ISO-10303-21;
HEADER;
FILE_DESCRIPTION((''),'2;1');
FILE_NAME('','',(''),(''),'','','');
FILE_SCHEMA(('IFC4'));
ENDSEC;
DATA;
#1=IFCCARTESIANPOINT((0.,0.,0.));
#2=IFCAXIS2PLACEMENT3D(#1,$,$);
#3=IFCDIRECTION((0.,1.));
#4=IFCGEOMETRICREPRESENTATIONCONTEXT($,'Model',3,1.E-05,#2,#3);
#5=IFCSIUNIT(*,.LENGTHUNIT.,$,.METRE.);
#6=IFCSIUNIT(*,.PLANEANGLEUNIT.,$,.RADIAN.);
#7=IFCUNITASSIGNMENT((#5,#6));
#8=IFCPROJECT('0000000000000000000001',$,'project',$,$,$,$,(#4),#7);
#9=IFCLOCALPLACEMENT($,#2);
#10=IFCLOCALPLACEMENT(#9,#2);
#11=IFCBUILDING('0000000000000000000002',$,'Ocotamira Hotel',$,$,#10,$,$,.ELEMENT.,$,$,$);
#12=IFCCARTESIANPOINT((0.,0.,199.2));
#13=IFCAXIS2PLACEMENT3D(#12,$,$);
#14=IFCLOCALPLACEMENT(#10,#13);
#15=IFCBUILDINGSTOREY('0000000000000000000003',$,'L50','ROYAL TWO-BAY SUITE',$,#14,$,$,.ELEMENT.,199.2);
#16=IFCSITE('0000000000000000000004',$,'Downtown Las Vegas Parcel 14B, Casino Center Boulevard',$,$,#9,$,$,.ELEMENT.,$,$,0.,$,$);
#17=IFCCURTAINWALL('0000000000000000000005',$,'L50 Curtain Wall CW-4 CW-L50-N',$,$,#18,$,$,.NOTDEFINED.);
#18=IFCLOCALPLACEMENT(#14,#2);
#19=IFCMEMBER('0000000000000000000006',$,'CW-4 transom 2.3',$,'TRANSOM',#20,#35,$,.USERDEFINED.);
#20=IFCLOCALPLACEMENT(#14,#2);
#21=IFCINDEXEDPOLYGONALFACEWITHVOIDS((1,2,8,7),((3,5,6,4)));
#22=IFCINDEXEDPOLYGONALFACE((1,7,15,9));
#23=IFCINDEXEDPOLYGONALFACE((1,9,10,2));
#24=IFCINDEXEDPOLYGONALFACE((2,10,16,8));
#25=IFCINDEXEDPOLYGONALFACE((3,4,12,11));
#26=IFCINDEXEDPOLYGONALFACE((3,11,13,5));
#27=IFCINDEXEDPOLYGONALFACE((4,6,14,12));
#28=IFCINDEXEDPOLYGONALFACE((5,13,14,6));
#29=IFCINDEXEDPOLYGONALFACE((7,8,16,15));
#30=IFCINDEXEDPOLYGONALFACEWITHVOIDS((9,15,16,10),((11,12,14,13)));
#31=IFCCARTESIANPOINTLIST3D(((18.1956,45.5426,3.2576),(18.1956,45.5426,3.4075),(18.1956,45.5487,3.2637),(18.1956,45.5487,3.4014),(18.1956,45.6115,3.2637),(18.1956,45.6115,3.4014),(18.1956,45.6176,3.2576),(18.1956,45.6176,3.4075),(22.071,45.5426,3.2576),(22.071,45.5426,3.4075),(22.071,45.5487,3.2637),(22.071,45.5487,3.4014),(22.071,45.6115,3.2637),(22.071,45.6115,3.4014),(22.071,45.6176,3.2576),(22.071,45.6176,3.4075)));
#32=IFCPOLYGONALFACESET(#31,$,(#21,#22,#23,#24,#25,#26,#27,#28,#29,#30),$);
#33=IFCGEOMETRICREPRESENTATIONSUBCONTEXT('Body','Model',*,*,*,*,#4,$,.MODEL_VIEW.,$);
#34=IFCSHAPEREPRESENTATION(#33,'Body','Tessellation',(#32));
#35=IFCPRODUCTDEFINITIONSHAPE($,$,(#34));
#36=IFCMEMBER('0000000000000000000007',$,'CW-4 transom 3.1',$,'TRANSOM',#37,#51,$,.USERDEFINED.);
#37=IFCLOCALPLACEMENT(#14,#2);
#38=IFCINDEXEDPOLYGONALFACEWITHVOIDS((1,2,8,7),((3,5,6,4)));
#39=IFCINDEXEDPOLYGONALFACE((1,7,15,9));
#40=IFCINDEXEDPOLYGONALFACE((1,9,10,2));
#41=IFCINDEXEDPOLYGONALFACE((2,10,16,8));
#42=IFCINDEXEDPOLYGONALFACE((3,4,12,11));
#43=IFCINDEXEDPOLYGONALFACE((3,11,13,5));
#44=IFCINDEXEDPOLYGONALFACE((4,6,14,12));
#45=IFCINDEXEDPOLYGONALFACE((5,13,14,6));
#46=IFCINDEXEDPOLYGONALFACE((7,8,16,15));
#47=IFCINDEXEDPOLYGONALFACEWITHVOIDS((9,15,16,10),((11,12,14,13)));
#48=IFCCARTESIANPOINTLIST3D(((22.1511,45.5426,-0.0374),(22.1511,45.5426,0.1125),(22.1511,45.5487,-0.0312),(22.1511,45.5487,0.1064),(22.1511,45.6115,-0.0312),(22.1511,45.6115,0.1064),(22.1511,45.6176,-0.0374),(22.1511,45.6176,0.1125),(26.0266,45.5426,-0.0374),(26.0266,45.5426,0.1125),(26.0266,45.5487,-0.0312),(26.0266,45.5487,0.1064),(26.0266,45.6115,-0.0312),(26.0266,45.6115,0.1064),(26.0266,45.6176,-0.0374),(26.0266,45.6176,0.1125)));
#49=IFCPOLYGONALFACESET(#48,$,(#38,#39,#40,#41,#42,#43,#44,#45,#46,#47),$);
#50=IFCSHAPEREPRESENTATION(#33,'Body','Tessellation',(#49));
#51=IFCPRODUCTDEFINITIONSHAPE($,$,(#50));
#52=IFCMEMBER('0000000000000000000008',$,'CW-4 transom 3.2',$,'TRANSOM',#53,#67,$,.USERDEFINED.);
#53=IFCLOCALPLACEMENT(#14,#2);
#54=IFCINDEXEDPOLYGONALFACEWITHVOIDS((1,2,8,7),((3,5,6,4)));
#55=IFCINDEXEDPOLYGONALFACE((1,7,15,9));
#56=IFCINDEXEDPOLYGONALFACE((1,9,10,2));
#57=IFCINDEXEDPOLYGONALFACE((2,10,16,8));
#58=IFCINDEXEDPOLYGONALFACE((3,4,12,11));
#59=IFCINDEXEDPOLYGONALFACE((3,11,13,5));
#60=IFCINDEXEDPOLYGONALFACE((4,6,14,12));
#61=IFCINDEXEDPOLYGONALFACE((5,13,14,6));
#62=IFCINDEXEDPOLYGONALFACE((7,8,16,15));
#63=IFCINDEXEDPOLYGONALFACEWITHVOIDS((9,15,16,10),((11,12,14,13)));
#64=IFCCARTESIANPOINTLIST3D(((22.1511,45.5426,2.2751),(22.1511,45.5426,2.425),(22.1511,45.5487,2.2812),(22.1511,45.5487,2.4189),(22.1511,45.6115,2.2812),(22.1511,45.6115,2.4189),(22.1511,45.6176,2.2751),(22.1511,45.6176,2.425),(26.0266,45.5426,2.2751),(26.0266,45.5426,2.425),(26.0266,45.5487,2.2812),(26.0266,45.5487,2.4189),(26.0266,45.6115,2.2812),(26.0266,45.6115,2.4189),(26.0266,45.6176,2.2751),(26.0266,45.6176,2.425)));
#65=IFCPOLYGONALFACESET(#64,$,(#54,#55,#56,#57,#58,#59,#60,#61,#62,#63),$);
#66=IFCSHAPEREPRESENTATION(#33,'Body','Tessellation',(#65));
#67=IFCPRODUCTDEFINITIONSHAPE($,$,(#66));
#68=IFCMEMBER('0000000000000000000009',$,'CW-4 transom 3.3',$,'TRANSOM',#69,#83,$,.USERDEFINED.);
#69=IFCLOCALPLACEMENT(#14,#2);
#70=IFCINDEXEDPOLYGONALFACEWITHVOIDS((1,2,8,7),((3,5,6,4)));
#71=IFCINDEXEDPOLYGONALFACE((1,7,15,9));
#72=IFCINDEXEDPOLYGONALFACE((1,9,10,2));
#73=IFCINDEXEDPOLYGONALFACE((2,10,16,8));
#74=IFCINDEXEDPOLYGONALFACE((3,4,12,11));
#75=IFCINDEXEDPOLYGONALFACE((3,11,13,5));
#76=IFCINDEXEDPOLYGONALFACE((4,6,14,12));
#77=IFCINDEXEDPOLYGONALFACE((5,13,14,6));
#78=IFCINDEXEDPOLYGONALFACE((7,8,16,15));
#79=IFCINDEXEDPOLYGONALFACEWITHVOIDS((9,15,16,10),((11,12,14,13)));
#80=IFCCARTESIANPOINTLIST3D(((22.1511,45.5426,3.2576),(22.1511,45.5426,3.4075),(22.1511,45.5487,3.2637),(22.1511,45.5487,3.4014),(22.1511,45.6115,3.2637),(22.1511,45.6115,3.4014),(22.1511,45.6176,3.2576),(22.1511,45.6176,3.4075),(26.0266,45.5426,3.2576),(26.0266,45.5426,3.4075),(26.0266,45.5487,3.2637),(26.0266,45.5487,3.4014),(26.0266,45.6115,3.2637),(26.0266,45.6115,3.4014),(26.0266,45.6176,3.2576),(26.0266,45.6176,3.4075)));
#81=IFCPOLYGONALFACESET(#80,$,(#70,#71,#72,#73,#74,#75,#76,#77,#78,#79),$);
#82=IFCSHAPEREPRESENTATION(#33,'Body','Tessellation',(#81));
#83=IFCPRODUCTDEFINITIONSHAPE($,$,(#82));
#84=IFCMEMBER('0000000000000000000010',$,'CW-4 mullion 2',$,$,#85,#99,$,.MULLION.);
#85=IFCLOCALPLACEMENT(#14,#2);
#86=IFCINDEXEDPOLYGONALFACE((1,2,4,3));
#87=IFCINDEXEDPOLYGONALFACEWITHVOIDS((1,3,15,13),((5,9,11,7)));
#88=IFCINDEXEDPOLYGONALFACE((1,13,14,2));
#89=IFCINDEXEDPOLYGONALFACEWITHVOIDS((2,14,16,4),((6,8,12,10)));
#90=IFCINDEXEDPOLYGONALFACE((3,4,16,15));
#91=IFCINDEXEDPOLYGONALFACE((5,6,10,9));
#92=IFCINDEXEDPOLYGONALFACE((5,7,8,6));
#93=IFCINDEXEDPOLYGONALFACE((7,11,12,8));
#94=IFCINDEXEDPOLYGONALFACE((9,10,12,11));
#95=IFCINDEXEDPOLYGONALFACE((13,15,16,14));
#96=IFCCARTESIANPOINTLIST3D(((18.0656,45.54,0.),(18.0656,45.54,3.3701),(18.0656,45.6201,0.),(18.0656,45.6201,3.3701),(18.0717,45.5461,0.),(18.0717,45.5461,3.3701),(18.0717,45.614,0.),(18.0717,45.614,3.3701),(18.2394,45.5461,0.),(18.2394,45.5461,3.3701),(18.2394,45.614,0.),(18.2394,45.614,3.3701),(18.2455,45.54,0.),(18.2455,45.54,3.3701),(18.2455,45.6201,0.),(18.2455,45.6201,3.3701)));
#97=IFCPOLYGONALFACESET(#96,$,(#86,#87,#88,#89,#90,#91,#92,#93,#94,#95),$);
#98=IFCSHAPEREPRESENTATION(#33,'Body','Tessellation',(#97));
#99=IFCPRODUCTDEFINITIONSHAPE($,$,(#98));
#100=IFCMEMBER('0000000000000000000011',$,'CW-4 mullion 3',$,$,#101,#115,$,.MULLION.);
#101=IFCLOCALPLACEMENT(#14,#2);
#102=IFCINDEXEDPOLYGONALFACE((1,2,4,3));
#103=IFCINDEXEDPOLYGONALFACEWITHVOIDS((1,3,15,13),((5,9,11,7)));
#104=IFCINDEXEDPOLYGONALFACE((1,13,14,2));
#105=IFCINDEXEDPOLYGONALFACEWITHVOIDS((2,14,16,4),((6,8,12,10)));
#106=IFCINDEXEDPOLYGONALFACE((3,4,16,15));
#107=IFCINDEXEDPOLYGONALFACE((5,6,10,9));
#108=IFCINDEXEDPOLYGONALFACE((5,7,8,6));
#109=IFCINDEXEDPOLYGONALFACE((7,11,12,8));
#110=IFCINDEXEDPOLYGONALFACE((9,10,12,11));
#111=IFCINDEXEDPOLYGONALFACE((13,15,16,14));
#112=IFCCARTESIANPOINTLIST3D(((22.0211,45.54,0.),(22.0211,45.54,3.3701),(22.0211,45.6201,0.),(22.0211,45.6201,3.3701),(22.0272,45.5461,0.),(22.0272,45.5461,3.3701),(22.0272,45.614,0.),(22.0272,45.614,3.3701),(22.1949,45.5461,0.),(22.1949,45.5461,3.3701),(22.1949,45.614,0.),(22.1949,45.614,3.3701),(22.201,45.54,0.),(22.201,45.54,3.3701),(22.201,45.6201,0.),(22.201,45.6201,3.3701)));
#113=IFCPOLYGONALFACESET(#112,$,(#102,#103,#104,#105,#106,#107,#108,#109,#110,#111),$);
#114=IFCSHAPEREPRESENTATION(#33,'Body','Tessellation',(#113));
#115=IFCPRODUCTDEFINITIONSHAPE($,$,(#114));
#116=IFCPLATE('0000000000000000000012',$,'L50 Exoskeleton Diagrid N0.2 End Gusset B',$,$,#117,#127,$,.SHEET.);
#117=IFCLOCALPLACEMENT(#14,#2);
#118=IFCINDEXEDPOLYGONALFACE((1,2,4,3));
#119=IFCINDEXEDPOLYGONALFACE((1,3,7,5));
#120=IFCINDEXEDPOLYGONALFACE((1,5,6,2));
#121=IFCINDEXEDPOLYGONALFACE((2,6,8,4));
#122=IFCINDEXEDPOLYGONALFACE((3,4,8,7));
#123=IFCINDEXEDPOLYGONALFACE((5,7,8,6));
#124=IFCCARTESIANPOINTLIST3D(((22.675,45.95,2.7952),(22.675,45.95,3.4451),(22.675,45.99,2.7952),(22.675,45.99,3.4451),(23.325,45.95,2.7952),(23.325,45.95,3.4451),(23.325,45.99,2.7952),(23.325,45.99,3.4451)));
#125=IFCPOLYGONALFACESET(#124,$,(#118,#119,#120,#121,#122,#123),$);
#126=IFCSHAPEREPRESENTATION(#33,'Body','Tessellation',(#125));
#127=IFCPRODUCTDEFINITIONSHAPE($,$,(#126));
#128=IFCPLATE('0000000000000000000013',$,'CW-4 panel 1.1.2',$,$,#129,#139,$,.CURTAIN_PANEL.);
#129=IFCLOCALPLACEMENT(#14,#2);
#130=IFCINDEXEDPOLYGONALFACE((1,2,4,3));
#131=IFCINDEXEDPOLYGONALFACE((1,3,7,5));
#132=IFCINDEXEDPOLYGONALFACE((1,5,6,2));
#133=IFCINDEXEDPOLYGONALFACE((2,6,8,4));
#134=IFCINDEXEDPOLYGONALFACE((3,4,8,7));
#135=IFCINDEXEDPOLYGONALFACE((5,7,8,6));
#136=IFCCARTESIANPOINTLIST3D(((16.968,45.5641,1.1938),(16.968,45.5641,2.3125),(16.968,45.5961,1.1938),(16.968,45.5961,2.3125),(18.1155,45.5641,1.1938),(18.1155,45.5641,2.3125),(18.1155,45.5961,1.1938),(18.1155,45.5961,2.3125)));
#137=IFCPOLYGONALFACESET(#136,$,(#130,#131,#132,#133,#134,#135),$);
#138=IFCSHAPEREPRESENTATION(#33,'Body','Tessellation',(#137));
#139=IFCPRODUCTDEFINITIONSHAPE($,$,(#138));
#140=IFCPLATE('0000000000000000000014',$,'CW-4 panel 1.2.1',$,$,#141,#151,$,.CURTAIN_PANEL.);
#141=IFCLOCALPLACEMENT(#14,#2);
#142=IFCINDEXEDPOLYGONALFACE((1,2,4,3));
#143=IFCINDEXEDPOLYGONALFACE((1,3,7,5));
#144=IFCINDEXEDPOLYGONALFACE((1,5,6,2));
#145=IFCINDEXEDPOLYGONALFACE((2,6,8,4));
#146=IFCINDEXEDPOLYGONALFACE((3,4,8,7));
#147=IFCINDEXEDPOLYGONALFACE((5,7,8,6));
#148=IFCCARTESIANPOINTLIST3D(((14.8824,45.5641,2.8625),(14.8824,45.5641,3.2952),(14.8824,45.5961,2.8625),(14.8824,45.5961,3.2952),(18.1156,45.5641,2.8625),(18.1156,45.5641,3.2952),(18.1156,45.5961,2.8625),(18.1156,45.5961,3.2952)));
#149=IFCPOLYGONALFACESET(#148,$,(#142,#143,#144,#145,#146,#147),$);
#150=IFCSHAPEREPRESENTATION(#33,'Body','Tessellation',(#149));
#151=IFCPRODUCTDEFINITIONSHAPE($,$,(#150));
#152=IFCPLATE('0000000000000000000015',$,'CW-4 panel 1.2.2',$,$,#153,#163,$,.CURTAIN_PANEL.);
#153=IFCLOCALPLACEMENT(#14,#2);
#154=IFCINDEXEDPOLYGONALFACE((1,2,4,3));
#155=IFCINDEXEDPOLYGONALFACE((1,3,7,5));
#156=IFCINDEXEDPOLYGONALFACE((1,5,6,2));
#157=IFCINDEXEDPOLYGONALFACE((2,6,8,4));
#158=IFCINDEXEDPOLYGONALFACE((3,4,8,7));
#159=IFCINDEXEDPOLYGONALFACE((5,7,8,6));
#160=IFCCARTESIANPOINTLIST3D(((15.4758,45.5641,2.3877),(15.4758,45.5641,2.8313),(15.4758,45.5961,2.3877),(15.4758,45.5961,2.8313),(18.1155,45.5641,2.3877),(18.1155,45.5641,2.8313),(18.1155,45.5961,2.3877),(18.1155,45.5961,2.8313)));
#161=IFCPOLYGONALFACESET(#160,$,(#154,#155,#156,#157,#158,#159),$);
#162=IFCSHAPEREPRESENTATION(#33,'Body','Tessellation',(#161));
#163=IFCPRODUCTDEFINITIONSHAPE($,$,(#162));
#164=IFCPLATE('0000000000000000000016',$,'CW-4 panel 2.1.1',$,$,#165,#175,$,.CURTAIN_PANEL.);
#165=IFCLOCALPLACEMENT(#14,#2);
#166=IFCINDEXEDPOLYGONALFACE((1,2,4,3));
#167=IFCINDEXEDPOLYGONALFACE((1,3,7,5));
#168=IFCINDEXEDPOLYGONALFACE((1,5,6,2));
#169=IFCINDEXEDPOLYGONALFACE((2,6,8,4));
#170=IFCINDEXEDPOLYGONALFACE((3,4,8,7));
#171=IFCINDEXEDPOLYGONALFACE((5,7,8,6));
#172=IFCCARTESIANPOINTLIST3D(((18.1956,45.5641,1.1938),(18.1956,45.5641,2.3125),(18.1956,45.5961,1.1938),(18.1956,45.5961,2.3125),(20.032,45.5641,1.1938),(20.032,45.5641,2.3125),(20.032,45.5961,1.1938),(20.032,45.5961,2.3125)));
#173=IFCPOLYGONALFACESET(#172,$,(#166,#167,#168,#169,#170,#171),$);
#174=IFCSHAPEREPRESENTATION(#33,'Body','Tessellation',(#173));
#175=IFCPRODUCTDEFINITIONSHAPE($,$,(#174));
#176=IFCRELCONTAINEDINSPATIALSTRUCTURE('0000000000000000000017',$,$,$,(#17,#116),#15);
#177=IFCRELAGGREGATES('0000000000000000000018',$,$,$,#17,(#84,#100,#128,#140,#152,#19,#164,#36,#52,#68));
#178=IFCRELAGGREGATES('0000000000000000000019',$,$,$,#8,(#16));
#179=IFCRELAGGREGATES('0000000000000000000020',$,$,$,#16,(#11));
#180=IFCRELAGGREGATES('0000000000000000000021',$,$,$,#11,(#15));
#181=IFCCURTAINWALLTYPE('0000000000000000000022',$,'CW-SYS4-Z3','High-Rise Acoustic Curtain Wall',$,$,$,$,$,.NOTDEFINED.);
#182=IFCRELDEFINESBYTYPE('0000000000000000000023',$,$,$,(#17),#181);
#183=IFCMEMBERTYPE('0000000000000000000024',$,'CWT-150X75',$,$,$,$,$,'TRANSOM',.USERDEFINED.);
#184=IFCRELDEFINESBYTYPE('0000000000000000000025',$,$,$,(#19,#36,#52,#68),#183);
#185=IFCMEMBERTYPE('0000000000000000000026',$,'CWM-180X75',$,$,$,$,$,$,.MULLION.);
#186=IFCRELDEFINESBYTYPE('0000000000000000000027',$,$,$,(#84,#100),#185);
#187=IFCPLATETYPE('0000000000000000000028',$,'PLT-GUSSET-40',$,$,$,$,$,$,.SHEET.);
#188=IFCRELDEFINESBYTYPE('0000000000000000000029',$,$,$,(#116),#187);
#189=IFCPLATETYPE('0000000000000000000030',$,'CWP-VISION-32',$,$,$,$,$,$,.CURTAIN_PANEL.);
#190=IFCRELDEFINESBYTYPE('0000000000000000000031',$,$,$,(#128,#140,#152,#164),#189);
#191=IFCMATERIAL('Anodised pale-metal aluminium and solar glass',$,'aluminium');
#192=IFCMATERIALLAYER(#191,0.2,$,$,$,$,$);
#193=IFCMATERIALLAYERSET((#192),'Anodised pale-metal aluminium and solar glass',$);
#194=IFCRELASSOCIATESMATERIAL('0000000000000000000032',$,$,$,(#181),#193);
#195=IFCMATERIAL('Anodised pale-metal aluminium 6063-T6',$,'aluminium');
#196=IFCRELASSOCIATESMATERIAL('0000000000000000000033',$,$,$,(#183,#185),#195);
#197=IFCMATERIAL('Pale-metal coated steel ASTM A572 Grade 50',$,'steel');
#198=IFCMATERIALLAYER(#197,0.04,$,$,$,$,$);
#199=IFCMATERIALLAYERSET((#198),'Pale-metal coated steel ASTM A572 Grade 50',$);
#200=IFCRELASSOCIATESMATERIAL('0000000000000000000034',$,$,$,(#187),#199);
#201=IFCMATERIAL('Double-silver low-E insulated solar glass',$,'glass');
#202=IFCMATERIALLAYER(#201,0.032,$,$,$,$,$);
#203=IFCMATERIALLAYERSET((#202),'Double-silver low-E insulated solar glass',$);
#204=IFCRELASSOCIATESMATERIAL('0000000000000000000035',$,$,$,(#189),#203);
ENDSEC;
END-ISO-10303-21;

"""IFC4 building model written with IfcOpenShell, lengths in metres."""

from ifc_helpers import new_model, si_unit, direction, frame, origin, origin_2d, place, context, subcontext, project, spatial, rectangle, hollow_rectangle, extrude, source, transform, mapped, material, layer, layer_set, material_profile, profile_set, type_object, element, aggregate, save


model = new_model("IFC4")

# Units and contexts
model_context = context("Model", 3, precision=1e-05, world=origin(), true_north=direction((0.0, 1.0)))
body_context = subcontext(model_context, "Body", "Model", "MODEL_VIEW")
ifc_project = project(units=[si_unit("LENGTHUNIT", "METRE"), si_unit("PLANEANGLEUNIT", "RADIAN")], contexts=[model_context])

# Site, building, storey
site_placement = place(None, origin())
site = spatial("IfcSite", under=ifc_project, at=site_placement, Name="Downtown Las Vegas Parcel 14B, Casino Center Boulevard", CompositionType="ELEMENT", RefElevation=0.0)
building_placement = place(site_placement, origin())
building = spatial("IfcBuilding", under=site, at=building_placement, Name="Ocotamira Hotel", CompositionType="ELEMENT")
storey_placement = place(building_placement, frame((0.0, 0.0, 199.2)))
storey = spatial("IfcBuildingStorey", under=building, at=storey_placement, Name="L50", Description="ROYAL TWO-BAY SUITE", CompositionType="ELEMENT", Elevation=199.2)

# Curtain wall, members
ifc_material_1 = material(Name="Anodised pale-metal aluminium and solar glass", Category="aluminium")
ifc_layer_1 = layer(ifc_material_1, 0.2)
ifc_layer_set_1 = layer_set([ifc_layer_1], Name="Anodised pale-metal aluminium and solar glass")
curtain_wall_type = type_object("IfcCurtainWallType", Name="CW-SYS4-Z3", Description="High-Rise Acoustic Curtain Wall", PredefinedType="NOTDEFINED", material=ifc_layer_set_1)
curtain_wall_placement = place(storey_placement, origin())
curtain_wall = element("IfcCurtainWall", 1, at=curtain_wall_placement, inside=storey, type_object=curtain_wall_type, Name="L50 Curtain Wall CW-4 CW-L50-N", PredefinedType="NOTDEFINED")
ifc_material_2 = material(Name="Anodised pale-metal aluminium 6063-T6", Category="aluminium")
ifc_material_profile_1 = material_profile(ifc_material_2, hollow_rectangle(XDim=0.075, YDim=0.1499, WallThickness=0.0061, at=origin_2d()), Name="HSS150X75X6")
ifc_profile_set_1 = profile_set([ifc_material_profile_1], Name="Anodised pale-metal aluminium 6063-T6")
member_type_1 = type_object("IfcMemberType", Name="CWT-150X75", ElementType="TRANSOM", PredefinedType="USERDEFINED", material=ifc_profile_set_1)
shared_shape_1 = source(origin(), body_context, "Body", "SweptSolid", [
    extrude(hollow_rectangle(XDim=0.075, YDim=0.1499, WallThickness=0.0061, at=origin_2d()), origin(), (0.0, 0.0, 1.0), 3.8755),
])
member_1_placement = place(storey_placement, frame((18.1956, 45.5801, 3.3325), z_axis=(1.0, 0.0, 0.0), x_axis=(0.0, 1.0, 0.0)))
member_1 = element("IfcMember", 2, at=member_1_placement, type_object=member_type_1, Name="CW-4 transom 2.3", ObjectType="TRANSOM", PredefinedType="USERDEFINED", context=body_context, shape_type="MappedRepresentation", body=[
    mapped(shared_shape_1, transform((0.0, 0.0, 0.0), scale=1.0)),
])
member_2_placement = place(storey_placement, frame((22.1511, 45.5801, 0.0376), z_axis=(1.0, 0.0, 0.0), x_axis=(0.0, 1.0, 0.0)))
member_2 = element("IfcMember", 3, at=member_2_placement, type_object=member_type_1, Name="CW-4 transom 3.1", ObjectType="TRANSOM", PredefinedType="USERDEFINED", context=body_context, shape_type="MappedRepresentation", body=[
    mapped(shared_shape_1, transform((0.0, 0.0, 0.0), scale=1.0)),
])
member_3_placement = place(storey_placement, frame((22.1511, 45.5801, 2.3501), z_axis=(1.0, 0.0, 0.0), x_axis=(0.0, 1.0, 0.0)))
member_3 = element("IfcMember", 4, at=member_3_placement, type_object=member_type_1, Name="CW-4 transom 3.2", ObjectType="TRANSOM", PredefinedType="USERDEFINED", context=body_context, shape_type="MappedRepresentation", body=[
    mapped(shared_shape_1, transform((0.0, 0.0, 0.0), scale=1.0)),
])
member_4_placement = place(storey_placement, frame((22.1511, 45.5801, 3.3325), z_axis=(1.0, 0.0, 0.0), x_axis=(0.0, 1.0, 0.0)))
member_4 = element("IfcMember", 5, at=member_4_placement, type_object=member_type_1, Name="CW-4 transom 3.3", ObjectType="TRANSOM", PredefinedType="USERDEFINED", context=body_context, shape_type="MappedRepresentation", body=[
    mapped(shared_shape_1, transform((0.0, 0.0, 0.0), scale=1.0)),
])
ifc_material_profile_2 = material_profile(ifc_material_2, hollow_rectangle(XDim=0.0801, YDim=0.1799, WallThickness=0.0061, at=origin_2d()), Name="HSS180X80X6")
ifc_profile_set_2 = profile_set([ifc_material_profile_2], Name="Anodised pale-metal aluminium 6063-T6")
member_type_2 = type_object("IfcMemberType", Name="CWM-180X75", PredefinedType="MULLION", material=ifc_profile_set_2)
shared_shape_2 = source(origin(), body_context, "Body", "SweptSolid", [
    extrude(hollow_rectangle(XDim=0.0801, YDim=0.1799, WallThickness=0.0061, at=origin_2d()), origin(), (0.0, 0.0, 1.0), 3.3701),
])
member_5_placement = place(storey_placement, frame((18.1555, 45.5801, 0.0), z_axis=(0.0, 0.0, 1.0), x_axis=(0.0, 1.0, 0.0)))
member_5 = element("IfcMember", 6, at=member_5_placement, type_object=member_type_2, Name="CW-4 mullion 2", PredefinedType="MULLION", context=body_context, shape_type="MappedRepresentation", body=[
    mapped(shared_shape_2, transform((0.0, 0.0, 0.0), scale=1.0)),
])
member_6_placement = place(storey_placement, frame((22.1111, 45.5801, 0.0), z_axis=(0.0, 0.0, 1.0), x_axis=(0.0, 1.0, 0.0)))
member_6 = element("IfcMember", 7, at=member_6_placement, type_object=member_type_2, Name="CW-4 mullion 3", PredefinedType="MULLION", context=body_context, shape_type="MappedRepresentation", body=[
    mapped(shared_shape_2, transform((0.0, 0.0, 0.0), scale=1.0)),
])

# Plates
ifc_material_3 = material(Name="Pale-metal coated steel ASTM A572 Grade 50", Category="steel")
ifc_layer_2 = layer(ifc_material_3, 0.04)
ifc_layer_set_2 = layer_set([ifc_layer_2], Name="Pale-metal coated steel ASTM A572 Grade 50")
plate_type_1 = type_object("IfcPlateType", Name="PLT-GUSSET-40", PredefinedType="SHEET", material=ifc_layer_set_2)
shared_shape_3 = source(origin(), body_context, "Body", "SweptSolid", [
    extrude(rectangle(XDim=0.6499, YDim=0.04, at=origin_2d()), origin(), (0.0, 0.0, 1.0), 0.6499),
])
plate_1_placement = place(storey_placement, frame((23.0, 45.97, 2.7952), z_axis=(0.0, 0.0, 1.0), x_axis=(1.0, 0.0, 0.0)))
element("IfcPlate", 8, at=plate_1_placement, inside=storey, type_object=plate_type_1, Name="L50 Exoskeleton Diagrid N0.2 End Gusset B", PredefinedType="SHEET", context=body_context, shape_type="MappedRepresentation", body=[
    mapped(shared_shape_3, transform((0.0, 0.0, 0.0), scale=1.0)),
])
ifc_material_4 = material(Name="Double-silver low-E insulated solar glass", Category="glass")
ifc_layer_3 = layer(ifc_material_4, 0.032)
ifc_layer_set_3 = layer_set([ifc_layer_3], Name="Double-silver low-E insulated solar glass")
plate_type_2 = type_object("IfcPlateType", Name="CWP-VISION-32", PredefinedType="CURTAIN_PANEL", material=ifc_layer_set_3)
shared_shape_4 = source(origin(), body_context, "Body", "SweptSolid", [
    extrude(rectangle(XDim=1.1475, YDim=0.032, at=origin_2d()), origin(), (0.0, 0.0, 1.0), 1.1187),
])
plate_2_placement = place(storey_placement, frame((17.5417, 45.5801, 1.1938), z_axis=(0.0, 0.0, 1.0), x_axis=(1.0, 0.0, 0.0)))
plate_2 = element("IfcPlate", 9, at=plate_2_placement, type_object=plate_type_2, Name="CW-4 panel 1.1.2", PredefinedType="CURTAIN_PANEL", context=body_context, shape_type="MappedRepresentation", body=[
    mapped(shared_shape_4, transform((0.0, 0.0, 0.0), scale=1.0)),
])
shared_shape_5 = source(origin(), body_context, "Body", "SweptSolid", [
    extrude(rectangle(XDim=3.2332, YDim=0.032, at=origin_2d()), origin(), (0.0, 0.0, 1.0), 0.4326),
])
plate_3_placement = place(storey_placement, frame((16.499, 45.5801, 2.8625), z_axis=(0.0, 0.0, 1.0), x_axis=(1.0, 0.0, 0.0)))
plate_3 = element("IfcPlate", 10, at=plate_3_placement, type_object=plate_type_2, Name="CW-4 panel 1.2.1", PredefinedType="CURTAIN_PANEL", context=body_context, shape_type="MappedRepresentation", body=[
    mapped(shared_shape_5, transform((0.0, 0.0, 0.0), scale=1.0)),
])
shared_shape_6 = source(origin(), body_context, "Body", "SweptSolid", [
    extrude(rectangle(XDim=2.6396, YDim=0.032, at=origin_2d()), origin(), (0.0, 0.0, 1.0), 0.4436),
])
plate_4_placement = place(storey_placement, frame((16.7957, 45.5801, 2.3877), z_axis=(0.0, 0.0, 1.0), x_axis=(1.0, 0.0, 0.0)))
plate_4 = element("IfcPlate", 11, at=plate_4_placement, type_object=plate_type_2, Name="CW-4 panel 1.2.2", PredefinedType="CURTAIN_PANEL", context=body_context, shape_type="MappedRepresentation", body=[
    mapped(shared_shape_6, transform((0.0, 0.0, 0.0), scale=1.0)),
])
shared_shape_7 = source(origin(), body_context, "Body", "SweptSolid", [
    extrude(rectangle(XDim=1.8364, YDim=0.032, at=origin_2d()), origin(), (0.0, 0.0, 1.0), 1.1187),
])
plate_5_placement = place(storey_placement, frame((19.1138, 45.5801, 1.1938), z_axis=(0.0, 0.0, 1.0), x_axis=(1.0, 0.0, 0.0)))
plate_5 = element("IfcPlate", 12, at=plate_5_placement, type_object=plate_type_2, Name="CW-4 panel 2.1.1", PredefinedType="CURTAIN_PANEL", context=body_context, shape_type="MappedRepresentation", body=[
    mapped(shared_shape_7, transform((0.0, 0.0, 0.0), scale=1.0)),
])
aggregate(curtain_wall, [member_5, member_6, plate_2, plate_3, plate_4, member_1, plate_5, member_2, member_3, member_4])

save(model, "model.ifc")
